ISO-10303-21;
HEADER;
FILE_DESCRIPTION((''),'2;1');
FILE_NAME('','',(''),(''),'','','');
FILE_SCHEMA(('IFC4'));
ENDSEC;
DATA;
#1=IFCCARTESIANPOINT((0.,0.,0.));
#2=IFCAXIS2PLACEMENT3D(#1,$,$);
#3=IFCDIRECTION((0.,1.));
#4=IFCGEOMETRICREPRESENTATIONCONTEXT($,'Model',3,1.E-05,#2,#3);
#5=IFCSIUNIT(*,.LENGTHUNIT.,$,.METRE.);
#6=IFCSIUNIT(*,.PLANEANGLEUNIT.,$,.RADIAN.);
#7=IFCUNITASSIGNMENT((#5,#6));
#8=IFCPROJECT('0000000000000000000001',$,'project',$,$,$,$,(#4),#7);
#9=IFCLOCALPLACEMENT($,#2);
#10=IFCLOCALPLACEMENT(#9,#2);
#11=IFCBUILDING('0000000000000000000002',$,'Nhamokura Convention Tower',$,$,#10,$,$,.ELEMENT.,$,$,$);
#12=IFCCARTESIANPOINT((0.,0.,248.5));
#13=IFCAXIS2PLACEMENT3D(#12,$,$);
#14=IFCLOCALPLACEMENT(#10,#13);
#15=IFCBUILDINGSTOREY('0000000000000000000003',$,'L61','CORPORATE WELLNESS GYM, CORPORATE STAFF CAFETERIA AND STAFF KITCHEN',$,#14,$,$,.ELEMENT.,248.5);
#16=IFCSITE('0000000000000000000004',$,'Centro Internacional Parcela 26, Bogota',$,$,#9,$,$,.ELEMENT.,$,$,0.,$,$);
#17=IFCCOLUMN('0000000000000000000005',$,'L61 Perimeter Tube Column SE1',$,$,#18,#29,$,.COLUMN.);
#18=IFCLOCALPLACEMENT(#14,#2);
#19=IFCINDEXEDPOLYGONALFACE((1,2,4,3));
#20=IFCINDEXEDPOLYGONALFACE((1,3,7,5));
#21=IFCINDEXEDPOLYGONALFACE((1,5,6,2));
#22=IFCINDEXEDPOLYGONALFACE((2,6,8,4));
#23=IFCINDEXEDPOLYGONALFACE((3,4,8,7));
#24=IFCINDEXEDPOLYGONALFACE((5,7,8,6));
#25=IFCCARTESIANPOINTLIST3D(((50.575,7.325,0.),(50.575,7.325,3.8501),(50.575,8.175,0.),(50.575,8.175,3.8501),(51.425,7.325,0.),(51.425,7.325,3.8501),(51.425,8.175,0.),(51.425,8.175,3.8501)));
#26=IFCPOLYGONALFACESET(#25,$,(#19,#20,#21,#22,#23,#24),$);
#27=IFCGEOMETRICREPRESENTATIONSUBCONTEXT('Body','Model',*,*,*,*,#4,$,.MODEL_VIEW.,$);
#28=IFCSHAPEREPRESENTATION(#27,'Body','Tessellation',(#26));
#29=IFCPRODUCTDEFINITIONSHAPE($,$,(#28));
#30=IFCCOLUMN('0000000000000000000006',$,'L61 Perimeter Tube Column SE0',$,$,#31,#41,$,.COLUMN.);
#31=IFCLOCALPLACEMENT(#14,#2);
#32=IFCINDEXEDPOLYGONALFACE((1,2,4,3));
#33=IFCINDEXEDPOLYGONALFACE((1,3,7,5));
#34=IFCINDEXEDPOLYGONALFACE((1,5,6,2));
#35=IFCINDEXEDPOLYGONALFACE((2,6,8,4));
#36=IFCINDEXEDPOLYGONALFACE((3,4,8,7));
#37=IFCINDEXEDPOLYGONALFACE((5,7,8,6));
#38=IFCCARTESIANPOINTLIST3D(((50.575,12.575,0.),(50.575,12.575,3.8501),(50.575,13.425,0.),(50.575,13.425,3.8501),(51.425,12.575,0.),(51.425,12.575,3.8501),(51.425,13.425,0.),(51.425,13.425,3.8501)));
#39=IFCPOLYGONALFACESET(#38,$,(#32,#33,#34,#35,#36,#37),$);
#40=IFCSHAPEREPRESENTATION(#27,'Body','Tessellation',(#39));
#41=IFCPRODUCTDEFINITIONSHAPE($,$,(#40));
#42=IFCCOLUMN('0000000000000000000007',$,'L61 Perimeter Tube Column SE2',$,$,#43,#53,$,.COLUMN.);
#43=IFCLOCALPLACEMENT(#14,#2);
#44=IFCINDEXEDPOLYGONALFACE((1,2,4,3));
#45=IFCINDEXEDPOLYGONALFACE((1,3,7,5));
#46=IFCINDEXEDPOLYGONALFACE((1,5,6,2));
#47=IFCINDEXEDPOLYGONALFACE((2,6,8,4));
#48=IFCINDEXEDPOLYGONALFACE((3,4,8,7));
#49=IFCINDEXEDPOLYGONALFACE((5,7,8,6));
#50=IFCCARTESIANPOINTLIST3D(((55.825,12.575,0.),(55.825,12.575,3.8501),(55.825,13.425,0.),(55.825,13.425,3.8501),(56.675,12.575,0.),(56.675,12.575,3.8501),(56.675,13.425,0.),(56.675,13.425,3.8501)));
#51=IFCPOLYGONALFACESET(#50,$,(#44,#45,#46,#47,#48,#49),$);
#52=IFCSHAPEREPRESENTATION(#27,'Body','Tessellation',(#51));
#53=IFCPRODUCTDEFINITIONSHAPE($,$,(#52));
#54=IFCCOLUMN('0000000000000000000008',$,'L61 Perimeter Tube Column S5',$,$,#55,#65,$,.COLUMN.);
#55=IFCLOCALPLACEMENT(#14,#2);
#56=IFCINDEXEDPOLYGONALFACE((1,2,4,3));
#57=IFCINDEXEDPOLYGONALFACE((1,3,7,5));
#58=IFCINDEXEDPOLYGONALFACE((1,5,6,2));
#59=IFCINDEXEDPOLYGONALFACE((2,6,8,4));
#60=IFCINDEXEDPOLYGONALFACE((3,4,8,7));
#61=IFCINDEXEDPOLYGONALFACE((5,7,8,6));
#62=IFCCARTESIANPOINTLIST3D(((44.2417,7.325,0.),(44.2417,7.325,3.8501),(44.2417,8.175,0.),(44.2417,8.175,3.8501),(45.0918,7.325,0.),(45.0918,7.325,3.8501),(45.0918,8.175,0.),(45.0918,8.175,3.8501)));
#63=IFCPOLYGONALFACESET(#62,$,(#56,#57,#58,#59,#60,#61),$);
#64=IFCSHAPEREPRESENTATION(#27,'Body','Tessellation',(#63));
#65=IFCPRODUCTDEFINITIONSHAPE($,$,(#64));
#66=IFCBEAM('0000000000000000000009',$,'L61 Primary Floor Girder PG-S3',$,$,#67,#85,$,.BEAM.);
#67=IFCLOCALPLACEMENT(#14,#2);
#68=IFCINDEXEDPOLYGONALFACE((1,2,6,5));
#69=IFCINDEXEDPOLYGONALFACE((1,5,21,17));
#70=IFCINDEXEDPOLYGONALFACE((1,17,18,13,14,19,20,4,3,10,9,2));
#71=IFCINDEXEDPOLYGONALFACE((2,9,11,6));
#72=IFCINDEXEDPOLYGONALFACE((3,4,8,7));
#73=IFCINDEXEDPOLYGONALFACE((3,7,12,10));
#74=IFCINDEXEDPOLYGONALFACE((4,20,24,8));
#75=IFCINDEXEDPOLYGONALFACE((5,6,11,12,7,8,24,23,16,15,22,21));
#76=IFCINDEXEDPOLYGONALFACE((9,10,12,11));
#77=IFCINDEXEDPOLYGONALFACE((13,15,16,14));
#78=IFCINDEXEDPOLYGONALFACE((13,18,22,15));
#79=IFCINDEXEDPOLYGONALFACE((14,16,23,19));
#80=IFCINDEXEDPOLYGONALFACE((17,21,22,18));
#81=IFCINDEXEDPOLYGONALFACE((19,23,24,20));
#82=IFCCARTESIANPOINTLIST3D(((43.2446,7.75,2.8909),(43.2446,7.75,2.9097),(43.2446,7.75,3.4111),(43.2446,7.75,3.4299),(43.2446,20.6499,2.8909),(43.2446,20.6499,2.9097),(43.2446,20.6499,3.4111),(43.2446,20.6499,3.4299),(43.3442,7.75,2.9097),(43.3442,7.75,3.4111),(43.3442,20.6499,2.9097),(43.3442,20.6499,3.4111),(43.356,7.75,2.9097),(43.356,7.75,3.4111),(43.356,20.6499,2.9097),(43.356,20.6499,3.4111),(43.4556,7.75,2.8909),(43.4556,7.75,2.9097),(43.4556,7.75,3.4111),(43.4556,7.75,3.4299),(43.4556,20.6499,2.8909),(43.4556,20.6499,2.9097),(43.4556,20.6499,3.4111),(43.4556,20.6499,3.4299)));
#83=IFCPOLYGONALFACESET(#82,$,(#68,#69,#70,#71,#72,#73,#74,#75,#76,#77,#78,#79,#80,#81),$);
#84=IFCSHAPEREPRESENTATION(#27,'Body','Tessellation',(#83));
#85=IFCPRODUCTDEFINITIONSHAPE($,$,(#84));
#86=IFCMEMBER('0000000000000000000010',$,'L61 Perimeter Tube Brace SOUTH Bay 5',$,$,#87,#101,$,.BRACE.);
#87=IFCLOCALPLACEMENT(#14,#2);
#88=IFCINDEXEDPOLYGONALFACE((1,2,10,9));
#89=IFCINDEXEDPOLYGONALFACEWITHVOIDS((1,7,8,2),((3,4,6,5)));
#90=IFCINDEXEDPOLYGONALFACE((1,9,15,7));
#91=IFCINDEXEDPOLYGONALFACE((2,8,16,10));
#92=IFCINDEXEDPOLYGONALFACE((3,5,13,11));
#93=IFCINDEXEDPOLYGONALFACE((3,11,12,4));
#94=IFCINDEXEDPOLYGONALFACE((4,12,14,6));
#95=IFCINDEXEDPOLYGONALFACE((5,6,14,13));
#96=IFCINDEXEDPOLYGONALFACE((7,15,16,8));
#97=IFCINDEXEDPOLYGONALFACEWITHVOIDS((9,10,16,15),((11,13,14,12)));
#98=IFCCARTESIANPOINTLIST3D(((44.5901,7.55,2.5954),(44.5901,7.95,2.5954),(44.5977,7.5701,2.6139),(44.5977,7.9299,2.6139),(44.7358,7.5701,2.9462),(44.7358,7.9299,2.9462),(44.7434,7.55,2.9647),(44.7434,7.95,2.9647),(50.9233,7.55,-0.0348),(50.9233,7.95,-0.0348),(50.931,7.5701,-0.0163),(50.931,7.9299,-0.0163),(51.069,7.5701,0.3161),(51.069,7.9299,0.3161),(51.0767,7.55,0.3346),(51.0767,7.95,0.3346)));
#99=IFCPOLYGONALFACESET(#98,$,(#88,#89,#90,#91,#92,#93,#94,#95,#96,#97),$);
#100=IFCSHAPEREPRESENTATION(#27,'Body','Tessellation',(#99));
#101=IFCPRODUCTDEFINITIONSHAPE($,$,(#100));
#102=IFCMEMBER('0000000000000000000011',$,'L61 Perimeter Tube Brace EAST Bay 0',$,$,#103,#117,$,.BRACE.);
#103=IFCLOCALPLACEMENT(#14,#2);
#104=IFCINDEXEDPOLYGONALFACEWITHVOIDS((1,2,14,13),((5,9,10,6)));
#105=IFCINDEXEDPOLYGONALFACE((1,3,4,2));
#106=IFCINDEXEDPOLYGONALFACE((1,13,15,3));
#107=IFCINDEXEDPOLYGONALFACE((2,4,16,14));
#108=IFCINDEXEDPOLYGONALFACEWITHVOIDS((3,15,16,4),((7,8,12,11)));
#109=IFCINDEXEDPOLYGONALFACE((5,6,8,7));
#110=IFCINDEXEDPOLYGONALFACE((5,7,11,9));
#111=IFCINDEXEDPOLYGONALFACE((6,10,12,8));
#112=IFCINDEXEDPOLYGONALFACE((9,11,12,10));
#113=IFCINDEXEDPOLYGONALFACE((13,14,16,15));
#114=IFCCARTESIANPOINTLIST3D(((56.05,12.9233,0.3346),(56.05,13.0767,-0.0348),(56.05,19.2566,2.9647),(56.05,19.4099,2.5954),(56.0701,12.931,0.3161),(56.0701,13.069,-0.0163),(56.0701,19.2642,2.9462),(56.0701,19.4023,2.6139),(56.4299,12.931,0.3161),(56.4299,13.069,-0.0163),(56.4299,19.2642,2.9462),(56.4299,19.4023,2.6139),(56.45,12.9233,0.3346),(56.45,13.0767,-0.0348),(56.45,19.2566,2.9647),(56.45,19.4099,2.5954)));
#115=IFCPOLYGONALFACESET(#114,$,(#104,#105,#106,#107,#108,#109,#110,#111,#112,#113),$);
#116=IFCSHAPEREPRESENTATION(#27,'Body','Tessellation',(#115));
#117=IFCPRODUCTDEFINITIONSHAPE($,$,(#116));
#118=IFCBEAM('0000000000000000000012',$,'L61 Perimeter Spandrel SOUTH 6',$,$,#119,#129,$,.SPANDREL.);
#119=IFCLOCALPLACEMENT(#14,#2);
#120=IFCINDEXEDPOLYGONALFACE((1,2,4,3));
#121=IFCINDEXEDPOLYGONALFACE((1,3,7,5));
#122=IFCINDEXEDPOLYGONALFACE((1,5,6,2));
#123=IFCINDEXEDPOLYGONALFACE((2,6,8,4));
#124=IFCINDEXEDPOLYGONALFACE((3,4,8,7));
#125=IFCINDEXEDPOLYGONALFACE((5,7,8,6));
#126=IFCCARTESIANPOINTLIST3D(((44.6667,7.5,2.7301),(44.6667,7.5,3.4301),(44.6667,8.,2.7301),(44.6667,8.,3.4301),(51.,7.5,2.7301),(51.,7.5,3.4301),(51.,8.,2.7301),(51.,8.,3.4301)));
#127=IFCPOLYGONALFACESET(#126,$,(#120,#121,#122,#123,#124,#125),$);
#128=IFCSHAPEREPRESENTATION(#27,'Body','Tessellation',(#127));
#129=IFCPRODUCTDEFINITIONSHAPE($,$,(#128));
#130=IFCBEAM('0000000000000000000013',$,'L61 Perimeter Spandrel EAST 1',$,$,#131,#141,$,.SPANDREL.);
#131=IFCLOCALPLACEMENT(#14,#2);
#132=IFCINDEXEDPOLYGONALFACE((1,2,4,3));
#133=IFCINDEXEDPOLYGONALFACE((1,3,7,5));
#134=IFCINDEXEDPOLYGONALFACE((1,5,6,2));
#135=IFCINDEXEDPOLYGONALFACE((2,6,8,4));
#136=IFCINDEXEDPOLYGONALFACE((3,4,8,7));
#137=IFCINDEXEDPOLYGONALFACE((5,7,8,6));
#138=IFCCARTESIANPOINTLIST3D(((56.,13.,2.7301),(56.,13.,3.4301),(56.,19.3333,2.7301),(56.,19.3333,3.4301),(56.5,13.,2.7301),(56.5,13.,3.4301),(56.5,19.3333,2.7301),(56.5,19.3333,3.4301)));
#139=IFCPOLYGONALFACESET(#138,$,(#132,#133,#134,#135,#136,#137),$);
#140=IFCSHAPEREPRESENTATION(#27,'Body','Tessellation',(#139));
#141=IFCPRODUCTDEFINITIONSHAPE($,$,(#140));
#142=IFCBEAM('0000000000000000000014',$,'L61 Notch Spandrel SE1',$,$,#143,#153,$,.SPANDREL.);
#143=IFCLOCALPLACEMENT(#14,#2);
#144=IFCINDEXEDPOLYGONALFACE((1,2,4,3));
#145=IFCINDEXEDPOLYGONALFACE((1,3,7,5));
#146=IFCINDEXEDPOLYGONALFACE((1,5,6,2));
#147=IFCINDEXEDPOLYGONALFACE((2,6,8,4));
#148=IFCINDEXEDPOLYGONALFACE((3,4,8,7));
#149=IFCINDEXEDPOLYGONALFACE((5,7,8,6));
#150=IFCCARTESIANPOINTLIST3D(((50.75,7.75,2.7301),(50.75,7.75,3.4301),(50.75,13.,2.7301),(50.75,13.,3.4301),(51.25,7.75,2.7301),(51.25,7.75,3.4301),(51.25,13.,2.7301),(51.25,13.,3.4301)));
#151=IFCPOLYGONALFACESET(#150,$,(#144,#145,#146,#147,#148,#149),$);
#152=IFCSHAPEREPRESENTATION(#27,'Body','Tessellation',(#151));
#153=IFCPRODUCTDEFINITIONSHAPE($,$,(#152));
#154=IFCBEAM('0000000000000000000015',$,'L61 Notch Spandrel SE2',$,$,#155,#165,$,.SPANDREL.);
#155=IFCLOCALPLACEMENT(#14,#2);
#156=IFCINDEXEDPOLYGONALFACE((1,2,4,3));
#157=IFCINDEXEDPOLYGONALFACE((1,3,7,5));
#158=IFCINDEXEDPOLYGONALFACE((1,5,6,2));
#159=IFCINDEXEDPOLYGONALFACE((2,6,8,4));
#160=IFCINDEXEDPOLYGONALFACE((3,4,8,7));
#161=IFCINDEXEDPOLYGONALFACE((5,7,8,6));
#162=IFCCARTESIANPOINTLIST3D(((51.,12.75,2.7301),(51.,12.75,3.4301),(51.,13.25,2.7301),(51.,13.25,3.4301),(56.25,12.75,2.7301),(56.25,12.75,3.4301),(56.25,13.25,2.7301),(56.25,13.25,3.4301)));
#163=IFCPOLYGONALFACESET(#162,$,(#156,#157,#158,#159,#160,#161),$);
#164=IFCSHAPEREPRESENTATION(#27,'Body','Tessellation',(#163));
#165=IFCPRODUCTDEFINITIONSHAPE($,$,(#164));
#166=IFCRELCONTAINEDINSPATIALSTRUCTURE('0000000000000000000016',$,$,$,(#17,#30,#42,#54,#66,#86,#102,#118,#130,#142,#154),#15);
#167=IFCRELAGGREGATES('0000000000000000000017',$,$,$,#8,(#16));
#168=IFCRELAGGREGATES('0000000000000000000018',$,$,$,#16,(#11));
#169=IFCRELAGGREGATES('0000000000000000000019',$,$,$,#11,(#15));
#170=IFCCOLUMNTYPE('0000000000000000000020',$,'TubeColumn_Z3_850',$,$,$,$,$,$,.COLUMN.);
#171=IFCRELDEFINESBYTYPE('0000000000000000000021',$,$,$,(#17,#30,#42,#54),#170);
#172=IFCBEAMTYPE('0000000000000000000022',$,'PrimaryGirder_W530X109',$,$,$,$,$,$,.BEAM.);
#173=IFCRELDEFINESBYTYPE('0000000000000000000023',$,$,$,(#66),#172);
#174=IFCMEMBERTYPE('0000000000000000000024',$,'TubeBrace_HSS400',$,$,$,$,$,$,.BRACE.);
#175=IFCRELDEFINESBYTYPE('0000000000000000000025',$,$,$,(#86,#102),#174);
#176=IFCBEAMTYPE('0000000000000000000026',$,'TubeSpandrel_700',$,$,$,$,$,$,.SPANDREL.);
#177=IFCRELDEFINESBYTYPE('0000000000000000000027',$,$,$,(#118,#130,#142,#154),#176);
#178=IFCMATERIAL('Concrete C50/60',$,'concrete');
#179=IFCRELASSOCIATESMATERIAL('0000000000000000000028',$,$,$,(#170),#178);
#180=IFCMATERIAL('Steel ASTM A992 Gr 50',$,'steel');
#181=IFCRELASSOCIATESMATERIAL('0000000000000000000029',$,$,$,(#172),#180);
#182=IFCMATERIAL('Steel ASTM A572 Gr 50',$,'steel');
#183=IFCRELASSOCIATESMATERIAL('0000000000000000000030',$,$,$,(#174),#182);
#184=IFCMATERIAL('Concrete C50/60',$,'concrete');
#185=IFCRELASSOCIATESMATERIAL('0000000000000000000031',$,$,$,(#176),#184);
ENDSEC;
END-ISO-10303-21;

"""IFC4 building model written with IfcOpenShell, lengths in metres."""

from ifc_helpers import new_model, si_unit, direction, frame, origin, origin_2d, place, context, subcontext, project, spatial, rectangle, hollow_rectangle, i_section, extrude, material, material_profile, profile_set, type_object, element, save


model = new_model("IFC4")

# Units and contexts
model_context = context("Model", 3, precision=1e-05, world=origin(), true_north=direction((0.0, 1.0)))
body_context = subcontext(model_context, "Body", "Model", "MODEL_VIEW")
ifc_project = project(units=[si_unit("LENGTHUNIT", "METRE"), si_unit("PLANEANGLEUNIT", "RADIAN")], contexts=[model_context])

# Site, building, storey
site_placement = place(None, origin())
site = spatial("IfcSite", under=ifc_project, at=site_placement, Name="Centro Internacional Parcela 26, Bogota", CompositionType="ELEMENT", RefElevation=0.0)
building_placement = place(site_placement, origin())
building = spatial("IfcBuilding", under=site, at=building_placement, Name="Nhamokura Convention Tower", CompositionType="ELEMENT")
storey_placement = place(building_placement, frame((0.0, 0.0, 248.5)))
storey = spatial("IfcBuildingStorey", under=building, at=storey_placement, Name="L61", Description="CORPORATE WELLNESS GYM, CORPORATE STAFF CAFETERIA AND STAFF KITCHEN", CompositionType="ELEMENT", Elevation=248.5)

# Columns
ifc_material_1 = material(Name="Concrete C50/60", Category="concrete")
ifc_material_profile_1 = material_profile(ifc_material_1, rectangle(XDim=0.8501, YDim=0.8501, at=origin_2d()))
ifc_profile_set_1 = profile_set([ifc_material_profile_1], Name="Concrete C50/60")
column_type = type_object("IfcColumnType", Name="TubeColumn_Z3_850", PredefinedType="COLUMN", material=ifc_profile_set_1)
for number, where, z_axis, x_axis, name in (
    (1, (51.0, 7.75, 0.0), (0.0, 0.0, 1.0), (1.0, 0.0, 0.0), "L61 Perimeter Tube Column SE1"),
    (2, (51.0, 13.0, 0.0), (0.0, 0.0, 1.0), (1.0, 0.0, 0.0), "L61 Perimeter Tube Column SE0"),
    (3, (56.25, 13.0, 0.0), (0.0, 0.0, 1.0), (1.0, 0.0, 0.0), "L61 Perimeter Tube Column SE2"),
    (4, (44.6667, 7.75, 0.0), (0.0, 0.0, 1.0), (1.0, 0.0, 0.0), "L61 Perimeter Tube Column S5"),
):
    element("IfcColumn", number, at=place(storey_placement, frame(where, z_axis=z_axis, x_axis=x_axis)), inside=storey, type_object=column_type, Name=name, PredefinedType="COLUMN", context=body_context, shape_type="SweptSolid", body=[
        extrude(rectangle(XDim=0.8501, YDim=0.8501, at=origin_2d()), origin(), (0.0, 0.0, 1.0), 3.8501),
    ])

# Beam
ifc_material_2 = material(Name="Steel ASTM A992 Gr 50", Category="steel")
ifc_material_profile_2 = material_profile(ifc_material_2, i_section(OverallWidth=0.2109, OverallDepth=0.5391, WebThickness=0.0117, FlangeThickness=0.0188, at=origin_2d()))
ifc_profile_set_2 = profile_set([ifc_material_profile_2], Name="Steel ASTM A992 Gr 50")
beam_type_1 = type_object("IfcBeamType", Name="PrimaryGirder_W530X109", PredefinedType="BEAM", material=ifc_profile_set_2)
beam_placement = place(storey_placement, frame((43.3501, 7.75, 3.1604), z_axis=(0.0, 1.0, 0.0), x_axis=(-1.0, 0.0, 0.0)))
element("IfcBeam", 5, at=beam_placement, inside=storey, type_object=beam_type_1, Name="L61 Primary Floor Girder PG-S3", PredefinedType="BEAM", context=body_context, shape_type="SweptSolid", body=[
    extrude(i_section(OverallWidth=0.2109, OverallDepth=0.5391, WebThickness=0.0117, FlangeThickness=0.0188, at=origin_2d()), origin(), (0.0, 0.0, 1.0), 12.8999),
])

# Members
ifc_material_3 = material(Name="Steel ASTM A572 Gr 50", Category="steel")
ifc_material_profile_3 = material_profile(ifc_material_3, hollow_rectangle(XDim=0.3999, YDim=0.3999, WallThickness=0.02, at=origin_2d()))
ifc_profile_set_3 = profile_set([ifc_material_profile_3], Name="Steel ASTM A572 Gr 50")
member_type = type_object("IfcMemberType", Name="TubeBrace_HSS400", PredefinedType="BRACE", material=ifc_profile_set_3)
for number, where, z_axis, x_axis, name in (
    (6, (51.0, 7.75, 0.1499), (-0.923528, 0.0, 0.383531), (0.0, -1.0, 0.0), "L61 Perimeter Tube Brace SOUTH Bay 5"),
    (7, (56.25, 13.0, 0.1499), (0.0, 0.923528, 0.383531), (-1.0, 0.0, 0.0), "L61 Perimeter Tube Brace EAST Bay 0"),
):
    element("IfcMember", number, at=place(storey_placement, frame(where, z_axis=z_axis, x_axis=x_axis)), inside=storey, type_object=member_type, Name=name, PredefinedType="BRACE", context=body_context, shape_type="SweptSolid", body=[
        extrude(hollow_rectangle(XDim=0.3999, YDim=0.3999, WallThickness=0.02, at=origin_2d()), origin(), (0.0, 0.0, 1.0), 6.8577),
    ])

# Beams
ifc_material_4 = material(Name="Concrete C50/60", Category="concrete")
ifc_material_profile_4 = material_profile(ifc_material_4, rectangle(XDim=0.5, YDim=0.7, at=origin_2d()))
ifc_profile_set_4 = profile_set([ifc_material_profile_4], Name="Concrete C50/60")
beam_type_2 = type_object("IfcBeamType", Name="TubeSpandrel_700", PredefinedType="SPANDREL", material=ifc_profile_set_4)
for number, where, z_axis, x_axis, name in (
    (8, (44.6667, 7.75, 3.0801), (1.0, 0.0, 0.0), (0.0, 1.0, 0.0), "L61 Perimeter Spandrel SOUTH 6"),
    (9, (56.25, 13.0, 3.0801), (0.0, 1.0, 0.0), (-1.0, 0.0, 0.0), "L61 Perimeter Spandrel EAST 1"),
):
    element("IfcBeam", number, at=place(storey_placement, frame(where, z_axis=z_axis, x_axis=x_axis)), inside=storey, type_object=beam_type_2, Name=name, PredefinedType="SPANDREL", context=body_context, shape_type="SweptSolid", body=[
        extrude(rectangle(XDim=0.5, YDim=0.7, at=origin_2d()), origin(), (0.0, 0.0, 1.0), 6.3333),
    ])
for number, where, z_axis, x_axis, name in (
    (10, (51.0, 7.75, 3.0801), (0.0, 1.0, 0.0), (-1.0, 0.0, 0.0), "L61 Notch Spandrel SE1"),
    (11, (51.0, 13.0, 3.0801), (1.0, 0.0, 0.0), (0.0, 1.0, 0.0), "L61 Notch Spandrel SE2"),
):
    element("IfcBeam", number, at=place(storey_placement, frame(where, z_axis=z_axis, x_axis=x_axis)), inside=storey, type_object=beam_type_2, Name=name, PredefinedType="SPANDREL", context=body_context, shape_type="SweptSolid", body=[
        extrude(rectangle(XDim=0.5, YDim=0.7, at=origin_2d()), origin(), (0.0, 0.0, 1.0), 5.25),
    ])

save(model, "model.ifc")
